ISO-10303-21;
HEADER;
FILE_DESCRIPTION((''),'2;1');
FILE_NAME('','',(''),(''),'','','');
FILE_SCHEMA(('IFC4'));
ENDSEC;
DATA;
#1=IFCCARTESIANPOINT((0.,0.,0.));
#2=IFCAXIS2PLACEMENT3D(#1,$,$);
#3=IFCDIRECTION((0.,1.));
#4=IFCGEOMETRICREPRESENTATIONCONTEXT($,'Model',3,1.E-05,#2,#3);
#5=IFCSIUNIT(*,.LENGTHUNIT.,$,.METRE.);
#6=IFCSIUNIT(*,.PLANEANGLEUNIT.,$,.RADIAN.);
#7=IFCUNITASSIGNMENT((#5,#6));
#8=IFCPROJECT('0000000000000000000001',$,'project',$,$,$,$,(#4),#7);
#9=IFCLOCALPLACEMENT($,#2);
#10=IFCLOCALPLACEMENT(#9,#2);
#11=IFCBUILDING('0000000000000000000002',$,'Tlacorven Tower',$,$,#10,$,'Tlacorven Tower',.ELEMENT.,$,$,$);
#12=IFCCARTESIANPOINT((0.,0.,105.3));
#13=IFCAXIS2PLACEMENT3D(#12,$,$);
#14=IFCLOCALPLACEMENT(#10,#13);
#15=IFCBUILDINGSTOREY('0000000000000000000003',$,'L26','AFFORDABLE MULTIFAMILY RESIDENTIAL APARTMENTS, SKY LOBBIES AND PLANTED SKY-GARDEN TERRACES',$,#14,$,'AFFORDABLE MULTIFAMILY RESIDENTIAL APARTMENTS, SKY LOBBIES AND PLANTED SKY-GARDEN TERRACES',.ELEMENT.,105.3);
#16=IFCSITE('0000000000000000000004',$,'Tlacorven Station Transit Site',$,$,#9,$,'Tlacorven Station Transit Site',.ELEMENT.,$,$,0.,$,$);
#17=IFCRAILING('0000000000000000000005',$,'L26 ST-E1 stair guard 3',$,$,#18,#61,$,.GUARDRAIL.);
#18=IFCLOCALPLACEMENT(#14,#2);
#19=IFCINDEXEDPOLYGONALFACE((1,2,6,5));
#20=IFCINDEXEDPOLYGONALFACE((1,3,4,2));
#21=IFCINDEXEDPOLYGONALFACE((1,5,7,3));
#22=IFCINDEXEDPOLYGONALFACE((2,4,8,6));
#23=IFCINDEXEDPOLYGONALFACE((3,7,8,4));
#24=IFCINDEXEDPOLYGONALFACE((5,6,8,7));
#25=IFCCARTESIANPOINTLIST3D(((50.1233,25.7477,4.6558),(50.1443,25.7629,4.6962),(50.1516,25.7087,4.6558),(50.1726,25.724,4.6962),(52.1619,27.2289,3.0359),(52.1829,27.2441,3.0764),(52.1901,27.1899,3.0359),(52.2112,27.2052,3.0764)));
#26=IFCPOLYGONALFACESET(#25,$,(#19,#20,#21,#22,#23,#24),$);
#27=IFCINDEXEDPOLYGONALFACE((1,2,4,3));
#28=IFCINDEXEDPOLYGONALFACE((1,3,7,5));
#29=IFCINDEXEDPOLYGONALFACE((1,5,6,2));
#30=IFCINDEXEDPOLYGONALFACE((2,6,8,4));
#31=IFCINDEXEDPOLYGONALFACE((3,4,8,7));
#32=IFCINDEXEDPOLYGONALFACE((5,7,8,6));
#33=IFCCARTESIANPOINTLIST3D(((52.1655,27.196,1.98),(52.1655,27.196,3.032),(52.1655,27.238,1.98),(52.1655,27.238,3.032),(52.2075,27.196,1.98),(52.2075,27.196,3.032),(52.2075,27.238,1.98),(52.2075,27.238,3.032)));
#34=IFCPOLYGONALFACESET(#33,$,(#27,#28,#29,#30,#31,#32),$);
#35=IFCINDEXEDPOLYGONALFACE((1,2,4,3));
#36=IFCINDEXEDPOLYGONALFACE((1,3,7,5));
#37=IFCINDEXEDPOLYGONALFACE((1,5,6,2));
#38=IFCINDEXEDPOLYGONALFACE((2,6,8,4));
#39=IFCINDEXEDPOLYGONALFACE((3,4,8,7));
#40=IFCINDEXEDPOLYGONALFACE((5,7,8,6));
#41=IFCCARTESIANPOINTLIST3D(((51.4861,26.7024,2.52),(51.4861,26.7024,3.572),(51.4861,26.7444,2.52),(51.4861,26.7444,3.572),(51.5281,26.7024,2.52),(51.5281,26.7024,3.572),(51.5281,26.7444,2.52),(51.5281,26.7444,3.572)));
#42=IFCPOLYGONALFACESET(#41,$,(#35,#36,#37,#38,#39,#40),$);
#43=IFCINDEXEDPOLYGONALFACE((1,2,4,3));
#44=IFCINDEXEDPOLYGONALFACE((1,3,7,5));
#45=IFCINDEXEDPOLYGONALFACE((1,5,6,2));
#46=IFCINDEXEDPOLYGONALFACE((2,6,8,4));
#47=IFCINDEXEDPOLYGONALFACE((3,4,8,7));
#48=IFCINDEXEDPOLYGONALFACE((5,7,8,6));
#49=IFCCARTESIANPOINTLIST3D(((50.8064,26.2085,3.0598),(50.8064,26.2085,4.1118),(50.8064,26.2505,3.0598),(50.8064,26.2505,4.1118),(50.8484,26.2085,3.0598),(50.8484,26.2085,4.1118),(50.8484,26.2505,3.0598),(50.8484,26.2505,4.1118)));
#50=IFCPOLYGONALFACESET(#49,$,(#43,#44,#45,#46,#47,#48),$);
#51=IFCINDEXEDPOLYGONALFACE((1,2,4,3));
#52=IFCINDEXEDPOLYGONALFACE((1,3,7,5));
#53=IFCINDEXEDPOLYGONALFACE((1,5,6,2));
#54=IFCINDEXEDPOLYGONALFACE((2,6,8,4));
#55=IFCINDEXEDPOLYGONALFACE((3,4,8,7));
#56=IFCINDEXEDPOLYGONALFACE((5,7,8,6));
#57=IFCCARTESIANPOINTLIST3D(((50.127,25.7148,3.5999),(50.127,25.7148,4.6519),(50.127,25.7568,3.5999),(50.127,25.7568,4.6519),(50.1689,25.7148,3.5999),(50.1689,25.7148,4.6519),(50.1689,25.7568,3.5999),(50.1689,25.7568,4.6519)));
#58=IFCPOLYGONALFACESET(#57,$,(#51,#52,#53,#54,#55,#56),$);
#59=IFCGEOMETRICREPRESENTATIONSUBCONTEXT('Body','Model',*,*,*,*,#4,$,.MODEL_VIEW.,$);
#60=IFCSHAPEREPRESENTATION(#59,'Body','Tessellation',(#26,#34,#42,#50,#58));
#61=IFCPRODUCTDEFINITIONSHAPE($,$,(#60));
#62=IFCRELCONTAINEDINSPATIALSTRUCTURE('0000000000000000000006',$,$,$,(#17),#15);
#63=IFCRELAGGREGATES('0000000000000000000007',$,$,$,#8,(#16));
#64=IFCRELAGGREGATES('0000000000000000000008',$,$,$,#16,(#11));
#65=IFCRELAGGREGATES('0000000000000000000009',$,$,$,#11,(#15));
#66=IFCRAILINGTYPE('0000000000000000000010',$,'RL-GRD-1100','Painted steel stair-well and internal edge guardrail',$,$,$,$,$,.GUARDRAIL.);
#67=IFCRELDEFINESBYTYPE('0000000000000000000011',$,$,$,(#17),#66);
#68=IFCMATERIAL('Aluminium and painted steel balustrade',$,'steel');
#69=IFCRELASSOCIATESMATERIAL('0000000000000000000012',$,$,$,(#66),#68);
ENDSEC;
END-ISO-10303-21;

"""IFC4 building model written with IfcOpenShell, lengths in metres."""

from ifc_helpers import new_model, si_unit, direction, frame, origin, origin_2d, place, context, subcontext, project, spatial, rectangle, extrude, source, transform, mapped, material, type_object, element, save


model = new_model("IFC4")

# Units and contexts
model_context = context("Model", 3, precision=1e-05, world=origin(), true_north=direction((0.0, 1.0)))
body_context = subcontext(model_context, "Body", "Model", "MODEL_VIEW")
ifc_project = project(units=[si_unit("LENGTHUNIT", "METRE"), si_unit("PLANEANGLEUNIT", "RADIAN")], contexts=[model_context])

# Site, building, storey
site_placement = place(None, origin())
site = spatial("IfcSite", under=ifc_project, at=site_placement, Name="Tlacorven Station Transit Site", LongName="Tlacorven Station Transit Site", CompositionType="ELEMENT", RefElevation=0.0)
building_placement = place(site_placement, origin())
building = spatial("IfcBuilding", under=site, at=building_placement, Name="Tlacorven Tower", LongName="Tlacorven Tower", CompositionType="ELEMENT")
storey_placement = place(building_placement, frame((0.0, 0.0, 105.3)))
storey = spatial("IfcBuildingStorey", under=building, at=storey_placement, Name="L26", Description="AFFORDABLE MULTIFAMILY RESIDENTIAL APARTMENTS, SKY LOBBIES AND PLANTED SKY-GARDEN TERRACES", LongName="AFFORDABLE MULTIFAMILY RESIDENTIAL APARTMENTS, SKY LOBBIES AND PLANTED SKY-GARDEN TERRACES", CompositionType="ELEMENT", Elevation=105.3)

# Railing
ifc_material_1 = material(Name="Aluminium and painted steel balustrade", Category="steel")
railing_type_1 = type_object("IfcRailingType", Name="RL-GRD-1100", Description="Painted steel stair-well and internal edge guardrail", PredefinedType="GUARDRAIL", material=ifc_material_1)
shared_shape_1 = source(origin(), body_context, "Body", "SweptSolid", [
    extrude(rectangle(XDim=0.0481, YDim=0.0481, at=origin_2d()), frame((0.0, 0.0, 1.0762), z_axis=(-0.680519, -0.494456, 0.540747), x_axis=(0.587809, -0.809, 0.0)), (0.0, 0.0, 1.0), 2.9956),
    extrude(rectangle(XDim=0.042, YDim=0.042, at=origin_2d()), origin(), (0.0, 0.0, 1.0), 1.052),
    extrude(rectangle(XDim=0.042, YDim=0.042, at=origin_2d()), frame((-0.6794, -0.4937, 0.54)), (0.0, 0.0, 1.0), 1.052),
    extrude(rectangle(XDim=0.042, YDim=0.042, at=origin_2d()), frame((-1.3591, -0.9875, 1.0798)), (0.0, 0.0, 1.0), 1.052),
    extrude(rectangle(XDim=0.042, YDim=0.042, at=origin_2d()), frame((-2.0386, -1.4812, 1.6199)), (0.0, 0.0, 1.0), 1.052),
])
railing_1_placement = place(storey_placement, frame((52.1865, 27.217, 1.98)))
element("IfcRailing", 1, at=railing_1_placement, inside=storey, type_object=railing_type_1, Name="L26 ST-E1 stair guard 3", PredefinedType="GUARDRAIL", context=body_context, shape_type="MappedRepresentation", body=[
    mapped(shared_shape_1, transform((0.0, 0.0, 0.0), scale=1.0)),
])

save(model, "model.ifc")
